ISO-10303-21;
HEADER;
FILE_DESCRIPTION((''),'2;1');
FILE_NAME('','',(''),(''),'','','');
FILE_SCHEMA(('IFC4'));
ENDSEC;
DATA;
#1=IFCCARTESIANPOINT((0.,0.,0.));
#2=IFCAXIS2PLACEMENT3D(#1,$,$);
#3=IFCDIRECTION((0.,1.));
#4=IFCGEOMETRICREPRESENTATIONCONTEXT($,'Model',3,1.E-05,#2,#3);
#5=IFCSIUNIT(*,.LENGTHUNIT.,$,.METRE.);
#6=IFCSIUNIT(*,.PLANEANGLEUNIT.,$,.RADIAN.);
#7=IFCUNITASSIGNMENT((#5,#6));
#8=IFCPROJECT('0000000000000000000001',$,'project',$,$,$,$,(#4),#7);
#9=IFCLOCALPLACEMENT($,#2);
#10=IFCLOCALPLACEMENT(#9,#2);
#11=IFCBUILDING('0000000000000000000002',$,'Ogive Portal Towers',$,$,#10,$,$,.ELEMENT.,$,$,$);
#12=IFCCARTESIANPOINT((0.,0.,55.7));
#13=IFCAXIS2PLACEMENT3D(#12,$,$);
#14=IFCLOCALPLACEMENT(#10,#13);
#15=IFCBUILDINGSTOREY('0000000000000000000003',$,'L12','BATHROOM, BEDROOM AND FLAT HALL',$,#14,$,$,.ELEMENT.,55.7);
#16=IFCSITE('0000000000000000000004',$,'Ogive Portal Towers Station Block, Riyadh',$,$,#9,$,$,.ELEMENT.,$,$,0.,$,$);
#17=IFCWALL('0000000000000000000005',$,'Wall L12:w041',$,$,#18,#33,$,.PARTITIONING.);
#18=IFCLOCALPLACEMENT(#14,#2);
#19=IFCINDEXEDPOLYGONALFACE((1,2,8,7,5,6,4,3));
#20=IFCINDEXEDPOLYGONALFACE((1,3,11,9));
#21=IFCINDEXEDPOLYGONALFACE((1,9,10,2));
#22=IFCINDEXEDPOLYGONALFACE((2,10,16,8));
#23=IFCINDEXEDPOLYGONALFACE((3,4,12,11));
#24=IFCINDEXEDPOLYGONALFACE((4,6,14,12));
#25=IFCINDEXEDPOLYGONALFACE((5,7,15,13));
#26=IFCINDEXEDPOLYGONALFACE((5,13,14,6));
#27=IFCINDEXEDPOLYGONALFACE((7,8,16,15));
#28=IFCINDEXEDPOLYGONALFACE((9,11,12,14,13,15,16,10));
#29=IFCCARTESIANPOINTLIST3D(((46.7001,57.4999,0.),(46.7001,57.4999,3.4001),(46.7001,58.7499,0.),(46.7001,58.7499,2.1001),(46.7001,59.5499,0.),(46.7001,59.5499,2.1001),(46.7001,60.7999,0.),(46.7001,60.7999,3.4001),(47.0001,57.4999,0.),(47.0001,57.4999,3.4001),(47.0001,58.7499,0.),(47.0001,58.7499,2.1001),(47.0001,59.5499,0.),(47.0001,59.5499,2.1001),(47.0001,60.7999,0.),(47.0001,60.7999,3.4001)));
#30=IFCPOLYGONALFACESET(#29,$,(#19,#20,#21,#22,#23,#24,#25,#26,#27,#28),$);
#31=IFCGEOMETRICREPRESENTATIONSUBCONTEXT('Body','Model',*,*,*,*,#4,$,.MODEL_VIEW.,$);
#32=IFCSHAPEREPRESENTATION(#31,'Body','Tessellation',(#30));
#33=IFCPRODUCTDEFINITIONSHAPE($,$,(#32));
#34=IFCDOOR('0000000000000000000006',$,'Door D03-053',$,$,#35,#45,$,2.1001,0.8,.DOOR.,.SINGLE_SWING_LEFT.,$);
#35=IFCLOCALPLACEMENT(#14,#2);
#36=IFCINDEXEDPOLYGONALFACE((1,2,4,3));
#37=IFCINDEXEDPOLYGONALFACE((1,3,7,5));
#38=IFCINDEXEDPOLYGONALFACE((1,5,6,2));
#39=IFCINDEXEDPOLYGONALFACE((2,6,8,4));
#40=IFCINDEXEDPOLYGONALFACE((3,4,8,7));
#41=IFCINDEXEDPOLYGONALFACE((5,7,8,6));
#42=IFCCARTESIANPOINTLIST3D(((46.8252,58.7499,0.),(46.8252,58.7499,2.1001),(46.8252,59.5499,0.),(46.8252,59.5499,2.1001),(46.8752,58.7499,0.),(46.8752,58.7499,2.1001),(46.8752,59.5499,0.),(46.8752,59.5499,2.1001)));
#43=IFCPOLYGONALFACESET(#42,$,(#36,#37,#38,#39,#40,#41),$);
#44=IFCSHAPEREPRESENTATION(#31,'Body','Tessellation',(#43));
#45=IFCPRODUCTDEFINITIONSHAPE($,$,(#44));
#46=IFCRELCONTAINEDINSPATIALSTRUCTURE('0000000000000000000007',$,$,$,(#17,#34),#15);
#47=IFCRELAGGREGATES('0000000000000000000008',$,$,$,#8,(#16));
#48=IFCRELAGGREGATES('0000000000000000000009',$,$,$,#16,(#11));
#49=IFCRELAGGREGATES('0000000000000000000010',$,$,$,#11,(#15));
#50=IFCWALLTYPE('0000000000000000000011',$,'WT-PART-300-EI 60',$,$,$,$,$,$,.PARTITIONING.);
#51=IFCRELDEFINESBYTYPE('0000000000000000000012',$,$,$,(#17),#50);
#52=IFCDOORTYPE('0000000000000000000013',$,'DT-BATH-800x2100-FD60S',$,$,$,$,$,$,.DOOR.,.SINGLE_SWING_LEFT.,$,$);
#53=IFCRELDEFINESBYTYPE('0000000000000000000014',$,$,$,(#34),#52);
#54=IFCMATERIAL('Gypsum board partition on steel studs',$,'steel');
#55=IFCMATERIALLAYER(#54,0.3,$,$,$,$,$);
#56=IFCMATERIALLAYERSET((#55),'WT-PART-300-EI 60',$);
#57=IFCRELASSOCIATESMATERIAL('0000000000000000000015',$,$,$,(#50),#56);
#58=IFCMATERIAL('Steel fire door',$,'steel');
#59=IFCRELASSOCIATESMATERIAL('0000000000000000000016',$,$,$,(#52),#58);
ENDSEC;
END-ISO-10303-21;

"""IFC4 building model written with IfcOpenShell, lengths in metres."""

from ifc_helpers import new_model, si_unit, direction, frame, frame_2d, origin, place, context, subcontext, project, spatial, rectangle, extrude, material, layer, layer_set, type_object, element, fill, save


model = new_model("IFC4")

# Units and contexts
model_context = context("Model", 3, precision=1e-05, world=origin(), true_north=direction((0.0, 1.0)))
body_context = subcontext(model_context, "Body", "Model", "MODEL_VIEW")
ifc_project = project(units=[si_unit("LENGTHUNIT", "METRE"), si_unit("PLANEANGLEUNIT", "RADIAN")], contexts=[model_context])

# Site, building, storey
site_placement = place(None, origin())
site = spatial("IfcSite", under=ifc_project, at=site_placement, Name="Ogive Portal Towers Station Block, Riyadh", CompositionType="ELEMENT", RefElevation=0.0)
building_placement = place(site_placement, origin())
building = spatial("IfcBuilding", under=site, at=building_placement, Name="Ogive Portal Towers", CompositionType="ELEMENT")
storey_placement = place(building_placement, frame((0.0, 0.0, 55.7)))
storey = spatial("IfcBuildingStorey", under=building, at=storey_placement, Name="L12", Description="BATHROOM, BEDROOM AND FLAT HALL", CompositionType="ELEMENT", Elevation=55.7)

# Wall, opening, door
ifc_material_1 = material(Name="Gypsum board partition on steel studs", Category="steel")
ifc_layer_1 = layer(ifc_material_1, 0.3)
ifc_layer_set_1 = layer_set([ifc_layer_1], Name="WT-PART-300-EI 60")
wall_type_1 = type_object("IfcWallType", Name="WT-PART-300-EI 60", PredefinedType="PARTITIONING", material=ifc_layer_set_1)
ifc_material_2 = material(Name="Steel fire door", Category="steel")
door_type_1 = type_object("IfcDoorType", Name="DT-BATH-800x2100-FD60S", OperationType="SINGLE_SWING_LEFT", PredefinedType="DOOR", material=ifc_material_2)
wall_1_placement = place(storey_placement, frame((46.8501, 57.5, 0.0), z_axis=(0.0, 0.0, 1.0), x_axis=(0.0, 1.0, 0.0)))
wall_1 = element("IfcWall", 1, at=wall_1_placement, inside=storey, type_object=wall_type_1, Name="Wall L12:w041", PredefinedType="PARTITIONING", context=body_context, shape_type="SweptSolid", body=[
    extrude(rectangle(XDim=3.3, YDim=0.3, at=frame_2d((1.6499, 0.0))), origin(), (0.0, 0.0, 1.0), 3.4001),
])
opening_1_placement = place(wall_1_placement, frame((1.25, 0.0, 0.0)))
opening_1 = element("IfcOpeningElement", 2, at=opening_1_placement, cuts=wall_1, PredefinedType="OPENING", context=body_context, shape_type="SweptSolid", body=[
    extrude(rectangle(XDim=0.8, YDim=2.1001, at=frame_2d((0.3999, 1.05))), frame((0.0, 0.1602, 0.0), z_axis=(0.0, -1.0, 0.0), x_axis=(1.0, 0.0, 0.0)), (0.0, 0.0, 1.0), 0.3201),
])
door_1_placement = place(opening_1_placement, origin())
door_1 = element("IfcDoor", 3, at=door_1_placement, inside=storey, type_object=door_type_1, Name="Door D03-053", OperationType="SINGLE_SWING_LEFT", OverallHeight=2.1001, OverallWidth=0.8, PredefinedType="DOOR", context=body_context, shape_type="SweptSolid", body=[
    extrude(rectangle(XDim=0.8, YDim=2.1001, at=frame_2d((0.3999, 1.05))), frame((0.0, 0.0249, 0.0), z_axis=(0.0, -1.0, 0.0), x_axis=(1.0, 0.0, 0.0)), (0.0, 0.0, 1.0), 0.05),
])
fill(opening_1, door_1)

save(model, "model.ifc")
